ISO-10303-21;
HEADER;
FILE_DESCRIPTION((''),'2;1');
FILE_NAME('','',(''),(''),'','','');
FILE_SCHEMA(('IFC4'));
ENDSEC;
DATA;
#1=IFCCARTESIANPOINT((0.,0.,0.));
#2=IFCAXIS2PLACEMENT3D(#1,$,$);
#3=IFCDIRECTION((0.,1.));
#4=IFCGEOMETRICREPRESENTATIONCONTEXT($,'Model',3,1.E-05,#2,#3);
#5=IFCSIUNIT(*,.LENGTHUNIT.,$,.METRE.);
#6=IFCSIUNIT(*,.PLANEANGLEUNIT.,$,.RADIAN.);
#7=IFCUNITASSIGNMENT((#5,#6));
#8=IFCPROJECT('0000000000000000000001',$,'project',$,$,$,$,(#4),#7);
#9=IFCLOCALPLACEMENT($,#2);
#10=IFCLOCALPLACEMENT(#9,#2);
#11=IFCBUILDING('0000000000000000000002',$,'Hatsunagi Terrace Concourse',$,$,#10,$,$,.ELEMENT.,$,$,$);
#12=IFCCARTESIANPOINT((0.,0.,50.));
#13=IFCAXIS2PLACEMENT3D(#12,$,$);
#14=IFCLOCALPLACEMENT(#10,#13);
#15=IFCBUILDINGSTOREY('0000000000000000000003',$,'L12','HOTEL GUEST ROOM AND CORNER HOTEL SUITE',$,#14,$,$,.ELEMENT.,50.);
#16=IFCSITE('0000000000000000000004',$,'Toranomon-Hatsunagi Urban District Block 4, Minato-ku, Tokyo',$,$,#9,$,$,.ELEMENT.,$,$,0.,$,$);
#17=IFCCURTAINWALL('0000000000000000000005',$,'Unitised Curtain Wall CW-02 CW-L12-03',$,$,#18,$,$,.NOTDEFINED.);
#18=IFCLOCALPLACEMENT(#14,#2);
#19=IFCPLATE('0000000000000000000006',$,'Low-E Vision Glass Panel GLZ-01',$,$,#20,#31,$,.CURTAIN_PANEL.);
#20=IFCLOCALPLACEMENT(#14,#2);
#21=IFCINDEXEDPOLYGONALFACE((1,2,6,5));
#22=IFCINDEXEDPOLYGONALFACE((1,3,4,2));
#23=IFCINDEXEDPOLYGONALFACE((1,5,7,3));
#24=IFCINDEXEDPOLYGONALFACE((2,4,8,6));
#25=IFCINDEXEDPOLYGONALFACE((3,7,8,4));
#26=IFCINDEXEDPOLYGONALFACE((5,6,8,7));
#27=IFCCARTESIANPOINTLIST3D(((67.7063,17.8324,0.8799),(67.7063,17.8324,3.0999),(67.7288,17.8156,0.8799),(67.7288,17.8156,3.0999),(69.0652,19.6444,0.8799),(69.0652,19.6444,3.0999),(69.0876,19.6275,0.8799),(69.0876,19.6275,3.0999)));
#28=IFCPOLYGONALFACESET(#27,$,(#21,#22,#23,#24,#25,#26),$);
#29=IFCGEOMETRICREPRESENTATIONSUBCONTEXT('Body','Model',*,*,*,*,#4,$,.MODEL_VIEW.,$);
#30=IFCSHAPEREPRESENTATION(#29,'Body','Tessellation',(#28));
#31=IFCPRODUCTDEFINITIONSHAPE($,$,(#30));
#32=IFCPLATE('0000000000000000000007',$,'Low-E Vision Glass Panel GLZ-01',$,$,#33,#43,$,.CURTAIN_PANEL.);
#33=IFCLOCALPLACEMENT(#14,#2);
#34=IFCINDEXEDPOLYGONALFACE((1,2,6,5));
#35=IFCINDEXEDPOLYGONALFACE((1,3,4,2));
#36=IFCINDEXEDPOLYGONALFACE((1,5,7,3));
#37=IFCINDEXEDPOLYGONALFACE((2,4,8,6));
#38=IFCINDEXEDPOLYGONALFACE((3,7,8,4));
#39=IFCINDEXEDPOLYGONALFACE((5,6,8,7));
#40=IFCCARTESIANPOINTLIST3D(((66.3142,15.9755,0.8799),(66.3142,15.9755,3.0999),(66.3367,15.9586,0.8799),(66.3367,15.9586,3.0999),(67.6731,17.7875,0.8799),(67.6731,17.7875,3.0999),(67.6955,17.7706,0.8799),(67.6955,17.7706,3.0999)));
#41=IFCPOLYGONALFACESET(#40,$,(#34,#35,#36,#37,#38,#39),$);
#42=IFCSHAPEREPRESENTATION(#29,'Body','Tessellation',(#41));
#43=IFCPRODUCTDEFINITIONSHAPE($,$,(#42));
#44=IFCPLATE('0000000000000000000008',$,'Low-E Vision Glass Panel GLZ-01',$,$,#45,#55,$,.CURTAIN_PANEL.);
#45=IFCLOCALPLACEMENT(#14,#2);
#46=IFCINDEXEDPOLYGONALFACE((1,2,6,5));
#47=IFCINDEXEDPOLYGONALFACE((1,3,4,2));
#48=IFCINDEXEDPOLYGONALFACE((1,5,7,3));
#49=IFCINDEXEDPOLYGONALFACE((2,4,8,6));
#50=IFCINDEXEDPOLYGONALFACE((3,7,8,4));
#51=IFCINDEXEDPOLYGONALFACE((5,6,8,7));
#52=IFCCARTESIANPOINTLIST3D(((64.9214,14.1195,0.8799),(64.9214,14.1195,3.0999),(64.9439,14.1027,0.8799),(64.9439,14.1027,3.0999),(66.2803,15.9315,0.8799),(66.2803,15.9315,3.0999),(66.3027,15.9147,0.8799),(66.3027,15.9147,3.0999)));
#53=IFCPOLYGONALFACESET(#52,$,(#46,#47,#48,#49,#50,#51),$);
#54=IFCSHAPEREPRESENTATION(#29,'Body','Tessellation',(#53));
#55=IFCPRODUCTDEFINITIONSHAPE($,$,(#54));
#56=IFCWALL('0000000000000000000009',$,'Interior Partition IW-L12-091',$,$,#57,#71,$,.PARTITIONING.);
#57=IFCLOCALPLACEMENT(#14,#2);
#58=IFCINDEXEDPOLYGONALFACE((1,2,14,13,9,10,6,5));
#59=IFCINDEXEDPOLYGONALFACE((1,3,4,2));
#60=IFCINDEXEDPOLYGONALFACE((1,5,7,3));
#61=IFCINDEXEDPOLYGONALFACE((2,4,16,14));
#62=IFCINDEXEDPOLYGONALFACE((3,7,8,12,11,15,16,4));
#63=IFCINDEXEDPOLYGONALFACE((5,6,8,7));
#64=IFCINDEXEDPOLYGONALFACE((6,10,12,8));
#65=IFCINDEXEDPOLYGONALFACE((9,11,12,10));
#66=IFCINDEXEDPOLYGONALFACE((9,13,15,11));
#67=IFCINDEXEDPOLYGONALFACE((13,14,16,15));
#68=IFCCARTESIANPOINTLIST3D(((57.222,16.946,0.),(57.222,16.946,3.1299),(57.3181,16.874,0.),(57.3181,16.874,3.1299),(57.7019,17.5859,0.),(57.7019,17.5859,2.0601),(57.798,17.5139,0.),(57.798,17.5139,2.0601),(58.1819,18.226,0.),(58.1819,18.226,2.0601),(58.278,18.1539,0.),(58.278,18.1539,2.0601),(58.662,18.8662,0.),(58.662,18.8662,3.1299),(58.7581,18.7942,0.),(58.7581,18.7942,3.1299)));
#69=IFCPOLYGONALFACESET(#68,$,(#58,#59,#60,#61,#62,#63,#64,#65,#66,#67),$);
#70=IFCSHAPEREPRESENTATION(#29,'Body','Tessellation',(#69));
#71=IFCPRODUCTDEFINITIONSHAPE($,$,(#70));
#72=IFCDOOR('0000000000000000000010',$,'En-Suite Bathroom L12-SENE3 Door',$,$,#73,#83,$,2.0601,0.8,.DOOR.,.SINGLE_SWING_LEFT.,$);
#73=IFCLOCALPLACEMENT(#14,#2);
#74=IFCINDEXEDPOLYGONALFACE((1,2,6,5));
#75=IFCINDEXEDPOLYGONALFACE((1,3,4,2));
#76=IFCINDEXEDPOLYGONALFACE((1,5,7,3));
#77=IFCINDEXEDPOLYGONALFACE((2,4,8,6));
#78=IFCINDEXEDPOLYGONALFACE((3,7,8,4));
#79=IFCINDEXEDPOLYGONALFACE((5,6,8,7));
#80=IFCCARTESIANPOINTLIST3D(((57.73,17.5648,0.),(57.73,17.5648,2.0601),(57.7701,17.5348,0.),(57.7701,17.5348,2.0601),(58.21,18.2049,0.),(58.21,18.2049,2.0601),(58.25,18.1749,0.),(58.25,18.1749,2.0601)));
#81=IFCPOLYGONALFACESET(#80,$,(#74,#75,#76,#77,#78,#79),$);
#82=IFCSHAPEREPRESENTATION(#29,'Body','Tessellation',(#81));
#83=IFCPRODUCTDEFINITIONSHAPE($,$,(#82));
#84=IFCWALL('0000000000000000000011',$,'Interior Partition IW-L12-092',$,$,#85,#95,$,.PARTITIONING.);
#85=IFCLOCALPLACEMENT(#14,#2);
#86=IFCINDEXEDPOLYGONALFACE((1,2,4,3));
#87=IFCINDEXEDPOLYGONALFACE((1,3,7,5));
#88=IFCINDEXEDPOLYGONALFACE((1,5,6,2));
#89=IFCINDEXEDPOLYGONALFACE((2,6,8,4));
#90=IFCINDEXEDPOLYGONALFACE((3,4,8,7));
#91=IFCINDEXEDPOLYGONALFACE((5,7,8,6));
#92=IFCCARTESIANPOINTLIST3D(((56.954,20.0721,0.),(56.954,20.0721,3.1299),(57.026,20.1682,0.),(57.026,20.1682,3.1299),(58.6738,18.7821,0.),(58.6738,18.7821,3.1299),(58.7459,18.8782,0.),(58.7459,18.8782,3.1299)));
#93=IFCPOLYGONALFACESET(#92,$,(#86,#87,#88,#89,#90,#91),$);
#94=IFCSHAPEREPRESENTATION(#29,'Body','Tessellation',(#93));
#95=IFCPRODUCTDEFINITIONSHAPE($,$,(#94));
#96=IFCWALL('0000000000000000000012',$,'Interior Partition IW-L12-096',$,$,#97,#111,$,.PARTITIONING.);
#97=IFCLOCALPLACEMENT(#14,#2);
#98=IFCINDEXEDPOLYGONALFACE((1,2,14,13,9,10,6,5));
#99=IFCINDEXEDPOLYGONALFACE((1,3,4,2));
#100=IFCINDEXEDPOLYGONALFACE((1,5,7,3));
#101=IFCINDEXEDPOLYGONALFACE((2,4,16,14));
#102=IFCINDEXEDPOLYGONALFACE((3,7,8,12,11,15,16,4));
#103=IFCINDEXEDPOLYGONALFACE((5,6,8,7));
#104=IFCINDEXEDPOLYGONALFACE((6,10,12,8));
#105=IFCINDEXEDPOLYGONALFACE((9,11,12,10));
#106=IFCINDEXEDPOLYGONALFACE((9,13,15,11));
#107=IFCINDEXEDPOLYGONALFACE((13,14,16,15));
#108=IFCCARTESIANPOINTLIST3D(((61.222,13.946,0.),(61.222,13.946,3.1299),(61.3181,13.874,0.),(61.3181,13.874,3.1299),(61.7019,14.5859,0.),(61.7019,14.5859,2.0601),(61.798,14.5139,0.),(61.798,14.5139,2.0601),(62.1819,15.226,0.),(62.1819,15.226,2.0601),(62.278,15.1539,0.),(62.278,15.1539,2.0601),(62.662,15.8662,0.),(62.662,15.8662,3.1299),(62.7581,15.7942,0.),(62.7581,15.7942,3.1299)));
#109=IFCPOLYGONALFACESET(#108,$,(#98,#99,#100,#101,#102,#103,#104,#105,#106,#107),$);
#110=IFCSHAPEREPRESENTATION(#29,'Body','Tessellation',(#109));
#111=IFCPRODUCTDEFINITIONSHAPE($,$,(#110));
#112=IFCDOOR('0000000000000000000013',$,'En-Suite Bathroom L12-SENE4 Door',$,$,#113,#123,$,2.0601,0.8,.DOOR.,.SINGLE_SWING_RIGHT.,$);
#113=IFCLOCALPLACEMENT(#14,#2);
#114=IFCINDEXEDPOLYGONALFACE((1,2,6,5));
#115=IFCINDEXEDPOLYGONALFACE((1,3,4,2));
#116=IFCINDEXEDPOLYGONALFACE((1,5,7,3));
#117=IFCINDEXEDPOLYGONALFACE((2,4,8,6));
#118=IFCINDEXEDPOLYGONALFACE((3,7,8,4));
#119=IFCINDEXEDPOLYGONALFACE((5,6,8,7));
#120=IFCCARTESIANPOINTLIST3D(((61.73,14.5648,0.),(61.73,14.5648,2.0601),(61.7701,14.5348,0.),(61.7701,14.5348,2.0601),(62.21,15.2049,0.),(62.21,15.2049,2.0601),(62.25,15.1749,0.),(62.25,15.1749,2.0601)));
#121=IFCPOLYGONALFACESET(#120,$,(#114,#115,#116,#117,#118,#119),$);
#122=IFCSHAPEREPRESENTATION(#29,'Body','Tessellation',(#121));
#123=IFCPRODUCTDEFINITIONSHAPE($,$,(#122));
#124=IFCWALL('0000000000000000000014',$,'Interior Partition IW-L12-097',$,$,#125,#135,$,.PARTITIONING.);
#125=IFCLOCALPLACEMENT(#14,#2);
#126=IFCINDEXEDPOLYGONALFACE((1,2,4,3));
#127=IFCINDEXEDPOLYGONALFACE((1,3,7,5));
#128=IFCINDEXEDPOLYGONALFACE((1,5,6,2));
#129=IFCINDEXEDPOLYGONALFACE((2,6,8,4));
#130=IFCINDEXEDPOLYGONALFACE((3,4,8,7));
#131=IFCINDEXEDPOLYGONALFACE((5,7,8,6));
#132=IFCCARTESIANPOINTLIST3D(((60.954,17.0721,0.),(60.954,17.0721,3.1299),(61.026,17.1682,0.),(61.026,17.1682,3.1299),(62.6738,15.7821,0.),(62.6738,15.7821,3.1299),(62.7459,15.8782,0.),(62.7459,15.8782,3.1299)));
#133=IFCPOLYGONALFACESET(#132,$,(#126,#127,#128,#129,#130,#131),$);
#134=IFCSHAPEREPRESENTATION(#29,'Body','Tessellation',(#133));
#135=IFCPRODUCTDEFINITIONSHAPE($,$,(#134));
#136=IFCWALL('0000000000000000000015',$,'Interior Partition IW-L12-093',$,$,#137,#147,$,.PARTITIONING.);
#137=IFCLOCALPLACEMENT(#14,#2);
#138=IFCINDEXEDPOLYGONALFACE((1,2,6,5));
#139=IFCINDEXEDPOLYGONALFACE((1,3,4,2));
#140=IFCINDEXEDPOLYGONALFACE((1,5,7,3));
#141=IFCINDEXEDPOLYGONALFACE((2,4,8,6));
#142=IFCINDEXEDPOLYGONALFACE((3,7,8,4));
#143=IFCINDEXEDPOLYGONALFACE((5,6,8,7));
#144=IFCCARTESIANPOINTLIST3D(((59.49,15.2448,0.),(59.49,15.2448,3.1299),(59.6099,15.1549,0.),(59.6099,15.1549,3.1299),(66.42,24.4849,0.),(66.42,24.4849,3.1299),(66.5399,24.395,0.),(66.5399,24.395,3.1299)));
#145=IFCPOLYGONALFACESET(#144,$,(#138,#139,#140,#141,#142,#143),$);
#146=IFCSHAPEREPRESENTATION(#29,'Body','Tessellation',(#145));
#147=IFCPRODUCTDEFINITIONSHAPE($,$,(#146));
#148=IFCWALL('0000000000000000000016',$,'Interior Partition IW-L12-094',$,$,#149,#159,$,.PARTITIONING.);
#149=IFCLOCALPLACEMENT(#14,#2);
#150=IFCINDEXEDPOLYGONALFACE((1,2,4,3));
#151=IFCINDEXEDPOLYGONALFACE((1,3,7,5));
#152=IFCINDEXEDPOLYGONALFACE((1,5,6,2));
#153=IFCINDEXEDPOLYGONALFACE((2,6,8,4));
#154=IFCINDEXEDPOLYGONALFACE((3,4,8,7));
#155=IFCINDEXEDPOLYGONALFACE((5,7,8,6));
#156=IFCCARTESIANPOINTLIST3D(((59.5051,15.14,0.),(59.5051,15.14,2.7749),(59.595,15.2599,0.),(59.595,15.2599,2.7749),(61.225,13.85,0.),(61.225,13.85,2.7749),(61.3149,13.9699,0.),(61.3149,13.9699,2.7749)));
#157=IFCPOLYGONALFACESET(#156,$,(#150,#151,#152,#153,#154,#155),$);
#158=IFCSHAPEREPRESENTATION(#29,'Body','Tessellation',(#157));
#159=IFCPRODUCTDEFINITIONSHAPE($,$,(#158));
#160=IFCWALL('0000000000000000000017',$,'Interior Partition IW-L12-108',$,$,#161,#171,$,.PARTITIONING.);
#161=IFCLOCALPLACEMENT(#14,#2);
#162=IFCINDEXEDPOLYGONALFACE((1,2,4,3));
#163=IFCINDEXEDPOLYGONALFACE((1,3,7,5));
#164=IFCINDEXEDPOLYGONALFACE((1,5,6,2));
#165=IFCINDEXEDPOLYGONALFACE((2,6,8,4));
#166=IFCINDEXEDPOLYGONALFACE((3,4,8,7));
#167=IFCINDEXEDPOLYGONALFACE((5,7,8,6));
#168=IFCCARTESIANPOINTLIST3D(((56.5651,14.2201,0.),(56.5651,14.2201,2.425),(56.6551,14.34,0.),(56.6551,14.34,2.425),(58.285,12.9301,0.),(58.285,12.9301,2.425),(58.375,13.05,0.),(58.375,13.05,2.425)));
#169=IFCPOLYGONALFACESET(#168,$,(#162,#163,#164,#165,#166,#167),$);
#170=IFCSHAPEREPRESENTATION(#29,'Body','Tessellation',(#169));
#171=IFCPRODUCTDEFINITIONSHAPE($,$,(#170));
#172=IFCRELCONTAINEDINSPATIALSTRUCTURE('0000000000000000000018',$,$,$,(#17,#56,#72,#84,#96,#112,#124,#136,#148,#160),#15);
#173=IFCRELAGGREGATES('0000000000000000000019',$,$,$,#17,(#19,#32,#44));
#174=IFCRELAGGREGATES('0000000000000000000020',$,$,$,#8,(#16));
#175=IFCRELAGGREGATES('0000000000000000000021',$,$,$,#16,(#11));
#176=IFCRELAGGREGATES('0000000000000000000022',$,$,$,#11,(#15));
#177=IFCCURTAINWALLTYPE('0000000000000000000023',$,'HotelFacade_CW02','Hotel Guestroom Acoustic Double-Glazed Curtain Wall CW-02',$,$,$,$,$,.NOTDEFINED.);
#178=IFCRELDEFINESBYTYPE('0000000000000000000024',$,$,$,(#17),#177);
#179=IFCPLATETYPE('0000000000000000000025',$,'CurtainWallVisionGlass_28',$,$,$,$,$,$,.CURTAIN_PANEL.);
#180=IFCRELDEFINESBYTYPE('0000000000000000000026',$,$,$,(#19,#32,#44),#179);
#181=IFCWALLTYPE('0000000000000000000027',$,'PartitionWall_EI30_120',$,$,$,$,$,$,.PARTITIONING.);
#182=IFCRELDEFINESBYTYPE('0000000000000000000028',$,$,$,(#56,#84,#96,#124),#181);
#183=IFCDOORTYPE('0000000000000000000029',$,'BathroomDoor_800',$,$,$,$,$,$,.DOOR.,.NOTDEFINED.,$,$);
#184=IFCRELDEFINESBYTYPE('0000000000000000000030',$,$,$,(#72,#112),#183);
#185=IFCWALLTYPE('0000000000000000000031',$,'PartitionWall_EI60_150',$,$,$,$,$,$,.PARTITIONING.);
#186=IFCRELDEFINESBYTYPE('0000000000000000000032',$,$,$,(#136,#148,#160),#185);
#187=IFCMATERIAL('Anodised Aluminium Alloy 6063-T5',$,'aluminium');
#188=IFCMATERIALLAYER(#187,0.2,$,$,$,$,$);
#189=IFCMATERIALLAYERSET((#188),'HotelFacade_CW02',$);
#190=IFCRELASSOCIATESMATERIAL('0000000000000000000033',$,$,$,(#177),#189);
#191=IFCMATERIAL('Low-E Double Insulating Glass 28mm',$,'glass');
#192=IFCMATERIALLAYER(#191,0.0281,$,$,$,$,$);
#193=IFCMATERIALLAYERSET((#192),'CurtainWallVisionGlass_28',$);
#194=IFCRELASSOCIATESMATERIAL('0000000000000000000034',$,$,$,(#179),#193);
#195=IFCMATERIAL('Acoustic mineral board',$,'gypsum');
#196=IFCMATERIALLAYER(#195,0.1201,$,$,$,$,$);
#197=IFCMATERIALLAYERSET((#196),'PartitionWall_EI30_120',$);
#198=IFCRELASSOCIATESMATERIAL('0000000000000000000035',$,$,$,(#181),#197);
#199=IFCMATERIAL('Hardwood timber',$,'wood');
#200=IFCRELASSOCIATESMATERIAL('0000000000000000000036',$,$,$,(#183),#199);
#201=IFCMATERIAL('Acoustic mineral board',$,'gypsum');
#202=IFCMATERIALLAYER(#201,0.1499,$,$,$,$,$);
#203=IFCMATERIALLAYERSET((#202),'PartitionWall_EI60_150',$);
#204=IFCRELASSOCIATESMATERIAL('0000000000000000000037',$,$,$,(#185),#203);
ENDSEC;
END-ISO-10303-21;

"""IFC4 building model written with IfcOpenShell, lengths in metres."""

from ifc_helpers import new_model, si_unit, direction, frame, frame_2d, origin, origin_2d, place, context, subcontext, project, spatial, rectangle, extrude, material, layer, layer_set, type_object, element, fill, aggregate, save


model = new_model("IFC4")

# Units and contexts
model_context = context("Model", 3, precision=1e-05, world=origin(), true_north=direction((0.0, 1.0)))
body_context = subcontext(model_context, "Body", "Model", "MODEL_VIEW")
ifc_project = project(units=[si_unit("LENGTHUNIT", "METRE"), si_unit("PLANEANGLEUNIT", "RADIAN")], contexts=[model_context])

# Site, building, storey
site_placement = place(None, origin())
site = spatial("IfcSite", under=ifc_project, at=site_placement, Name="Toranomon-Hatsunagi Urban District Block 4, Minato-ku, Tokyo", CompositionType="ELEMENT", RefElevation=0.0)
building_placement = place(site_placement, origin())
building = spatial("IfcBuilding", under=site, at=building_placement, Name="Hatsunagi Terrace Concourse", CompositionType="ELEMENT")
storey_placement = place(building_placement, frame((0.0, 0.0, 50.0)))
storey = spatial("IfcBuildingStorey", under=building, at=storey_placement, Name="L12", Description="HOTEL GUEST ROOM AND CORNER HOTEL SUITE", CompositionType="ELEMENT", Elevation=50.0)

# Curtain wall, plates
ifc_material_1 = material(Name="Anodised Aluminium Alloy 6063-T5", Category="aluminium")
ifc_layer_1 = layer(ifc_material_1, 0.2)
ifc_layer_set_1 = layer_set([ifc_layer_1], Name="HotelFacade_CW02")
curtain_wall_type = type_object("IfcCurtainWallType", Name="HotelFacade_CW02", Description="Hotel Guestroom Acoustic Double-Glazed Curtain Wall CW-02", PredefinedType="NOTDEFINED", material=ifc_layer_set_1)
curtain_wall_placement = place(storey_placement, origin())
curtain_wall = element("IfcCurtainWall", 1, at=curtain_wall_placement, inside=storey, type_object=curtain_wall_type, Name="Unitised Curtain Wall CW-02 CW-L12-03", PredefinedType="NOTDEFINED")
ifc_material_2 = material(Name="Low-E Double Insulating Glass 28mm", Category="glass")
ifc_layer_2 = layer(ifc_material_2, 0.0281)
ifc_layer_set_2 = layer_set([ifc_layer_2], Name="CurtainWallVisionGlass_28")
plate_type_1 = type_object("IfcPlateType", Name="CurtainWallVisionGlass_28", PredefinedType="CURTAIN_PANEL", material=ifc_layer_set_2)
plate_1_placement = place(storey_placement, frame((68.397, 18.73, 0.8799), z_axis=(0.0, 0.0, 1.0), x_axis=(-0.599969, -0.800023, 0.0)))
plate_1 = element("IfcPlate", 2, at=plate_1_placement, type_object=plate_type_1, Name="Low-E Vision Glass Panel GLZ-01", PredefinedType="CURTAIN_PANEL", context=body_context, shape_type="SweptSolid", body=[
    extrude(rectangle(XDim=2.2649, YDim=0.0281, at=origin_2d()), origin(), (0.0, 0.0, 1.0), 2.22),
])
plate_2_placement = place(storey_placement, frame((67.0049, 16.873, 0.8799), z_axis=(0.0, 0.0, 1.0), x_axis=(-0.599969, -0.800023, 0.0)))
plate_2 = element("IfcPlate", 3, at=plate_2_placement, type_object=plate_type_1, Name="Low-E Vision Glass Panel GLZ-01", PredefinedType="CURTAIN_PANEL", context=body_context, shape_type="SweptSolid", body=[
    extrude(rectangle(XDim=2.2649, YDim=0.0281, at=origin_2d()), origin(), (0.0, 0.0, 1.0), 2.22),
])
plate_3_placement = place(storey_placement, frame((65.6121, 15.0171, 0.8799), z_axis=(0.0, 0.0, 1.0), x_axis=(-0.599969, -0.800023, 0.0)))
plate_3 = element("IfcPlate", 4, at=plate_3_placement, type_object=plate_type_1, Name="Low-E Vision Glass Panel GLZ-01", PredefinedType="CURTAIN_PANEL", context=body_context, shape_type="SweptSolid", body=[
    extrude(rectangle(XDim=2.2649, YDim=0.0281, at=origin_2d()), origin(), (0.0, 0.0, 1.0), 2.22),
])
aggregate(curtain_wall, [plate_1, plate_2, plate_3])

# Wall, opening, door
ifc_material_3 = material(Name="Acoustic mineral board", Category="gypsum")
ifc_layer_3 = layer(ifc_material_3, 0.1201)
ifc_layer_set_3 = layer_set([ifc_layer_3], Name="PartitionWall_EI30_120")
wall_type_1 = type_object("IfcWallType", Name="PartitionWall_EI30_120", PredefinedType="PARTITIONING", material=ifc_layer_set_3)
wall_1_placement = place(storey_placement, frame((57.27, 16.9099, 0.0), z_axis=(0.0, 0.0, 1.0), x_axis=(0.599951, 0.800037, 0.0)))
wall_1 = element("IfcWall", 5, at=wall_1_placement, inside=storey, type_object=wall_type_1, Name="Interior Partition IW-L12-091", PredefinedType="PARTITIONING", context=body_context, shape_type="SweptSolid", body=[
    extrude(rectangle(XDim=2.4001, YDim=0.1201, at=frame_2d((1.2002, 0.0))), origin(), (0.0, 0.0, 1.0), 3.1299),
])
opening_1_placement = place(wall_1_placement, frame((0.8, 0.0, 0.0)))
opening_1 = element("IfcOpeningElement", 6, at=opening_1_placement, cuts=wall_1, PredefinedType="OPENING", context=body_context, shape_type="SweptSolid", body=[
    extrude(rectangle(XDim=0.8, YDim=2.0601, at=frame_2d((0.3999, 1.03))), frame((0.0, 0.0701, 0.0), z_axis=(0.0, -1.0, 0.0), x_axis=(1.0, 0.0, 0.0)), (0.0, 0.0, 1.0), 0.1401),
])
ifc_material_4 = material(Name="Hardwood timber", Category="wood")
door_type_1 = type_object("IfcDoorType", Name="BathroomDoor_800", OperationType="NOTDEFINED", PredefinedType="DOOR", material=ifc_material_4)
door_1_placement = place(opening_1_placement, origin())
door_1 = element("IfcDoor", 7, at=door_1_placement, inside=storey, type_object=door_type_1, Name="En-Suite Bathroom L12-SENE3 Door", OperationType="SINGLE_SWING_LEFT", OverallHeight=2.0601, OverallWidth=0.8, PredefinedType="DOOR", context=body_context, shape_type="SweptSolid", body=[
    extrude(rectangle(XDim=0.8, YDim=2.0601, at=frame_2d((0.3999, 1.03))), frame((0.0, 0.0249, 0.0), z_axis=(0.0, -1.0, 0.0), x_axis=(1.0, 0.0, 0.0)), (0.0, 0.0, 1.0), 0.05),
])
fill(opening_1, door_1)

# Wall
wall_2_placement = place(storey_placement, frame((56.99, 20.1201, 0.0), z_axis=(0.0, 0.0, 1.0), x_axis=(0.799986, -0.600018, 0.0)))
element("IfcWall", 8, at=wall_2_placement, inside=storey, type_object=wall_type_1, Name="Interior Partition IW-L12-092", PredefinedType="PARTITIONING", context=body_context, shape_type="SweptSolid", body=[
    extrude(rectangle(XDim=2.1499, YDim=0.1201, at=frame_2d((1.075, 0.0))), origin(), (0.0, 0.0, 1.0), 3.1299),
])

# Wall, opening, door
wall_3_placement = place(storey_placement, frame((61.27, 13.9099, 0.0), z_axis=(0.0, 0.0, 1.0), x_axis=(0.599951, 0.800037, 0.0)))
wall_3 = element("IfcWall", 9, at=wall_3_placement, inside=storey, type_object=wall_type_1, Name="Interior Partition IW-L12-096", PredefinedType="PARTITIONING", context=body_context, shape_type="SweptSolid", body=[
    extrude(rectangle(XDim=2.4001, YDim=0.1201, at=frame_2d((1.2002, 0.0))), origin(), (0.0, 0.0, 1.0), 3.1299),
])
opening_2_placement = place(wall_3_placement, frame((0.8, 0.0, 0.0)))
opening_2 = element("IfcOpeningElement", 10, at=opening_2_placement, cuts=wall_3, PredefinedType="OPENING", context=body_context, shape_type="SweptSolid", body=[
    extrude(rectangle(XDim=0.8, YDim=2.0601, at=frame_2d((0.3999, 1.03))), frame((0.0, 0.0701, 0.0), z_axis=(0.0, -1.0, 0.0), x_axis=(1.0, 0.0, 0.0)), (0.0, 0.0, 1.0), 0.1401),
])
door_2_placement = place(opening_2_placement, origin())
door_2 = element("IfcDoor", 11, at=door_2_placement, inside=storey, type_object=door_type_1, Name="En-Suite Bathroom L12-SENE4 Door", OperationType="SINGLE_SWING_RIGHT", OverallHeight=2.0601, OverallWidth=0.8, PredefinedType="DOOR", context=body_context, shape_type="SweptSolid", body=[
    extrude(rectangle(XDim=0.8, YDim=2.0601, at=frame_2d((0.3999, 1.03))), frame((0.0, 0.0249, 0.0), z_axis=(0.0, -1.0, 0.0), x_axis=(1.0, 0.0, 0.0)), (0.0, 0.0, 1.0), 0.05),
])
fill(opening_2, door_2)

# Wall
wall_4_placement = place(storey_placement, frame((60.99, 17.1201, 0.0), z_axis=(0.0, 0.0, 1.0), x_axis=(0.799986, -0.600018, 0.0)))
element("IfcWall", 12, at=wall_4_placement, inside=storey, type_object=wall_type_1, Name="Interior Partition IW-L12-097", PredefinedType="PARTITIONING", context=body_context, shape_type="SweptSolid", body=[
    extrude(rectangle(XDim=2.1499, YDim=0.1201, at=frame_2d((1.075, 0.0))), origin(), (0.0, 0.0, 1.0), 3.1299),
])

# Shared definitions
ifc_material_5 = material(Name="Acoustic mineral board", Category="gypsum")
ifc_layer_4 = layer(ifc_material_5, 0.1499)
ifc_layer_set_4 = layer_set([ifc_layer_4], Name="PartitionWall_EI60_150")
wall_type_2 = type_object("IfcWallType", Name="PartitionWall_EI60_150", PredefinedType="PARTITIONING", material=ifc_layer_set_4)

# Walls
wall_5_placement = place(storey_placement, frame((59.55, 15.2, 0.0), z_axis=(0.0, 0.0, 1.0), x_axis=(0.599997, 0.800003, 0.0)))
element("IfcWall", 13, at=wall_5_placement, inside=storey, type_object=wall_type_2, Name="Interior Partition IW-L12-093", PredefinedType="PARTITIONING", context=body_context, shape_type="SweptSolid", body=[
    extrude(rectangle(XDim=11.55, YDim=0.1499, at=frame_2d((5.7749, 0.0))), origin(), (0.0, 0.0, 1.0), 3.1299),
])
wall_6_placement = place(storey_placement, frame((59.55, 15.2, 0.0), z_axis=(0.0, 0.0, 1.0), x_axis=(0.799986, -0.600018, 0.0)))
element("IfcWall", 14, at=wall_6_placement, inside=storey, type_object=wall_type_2, Name="Interior Partition IW-L12-094", PredefinedType="PARTITIONING", context=body_context, shape_type="SweptSolid", body=[
    extrude(rectangle(XDim=2.1499, YDim=0.1499, at=frame_2d((1.075, 0.0))), origin(), (0.0, 0.0, 1.0), 2.7749),
])
wall_7_placement = place(storey_placement, frame((56.6101, 14.28, 0.0), z_axis=(0.0, 0.0, 1.0), x_axis=(0.799986, -0.600018, 0.0)))
element("IfcWall", 15, at=wall_7_placement, inside=storey, type_object=wall_type_2, Name="Interior Partition IW-L12-108", PredefinedType="PARTITIONING", context=body_context, shape_type="SweptSolid", body=[
    extrude(rectangle(XDim=2.1499, YDim=0.1499, at=frame_2d((1.075, 0.0))), origin(), (0.0, 0.0, 1.0), 2.425),
])

save(model, "model.ifc")
